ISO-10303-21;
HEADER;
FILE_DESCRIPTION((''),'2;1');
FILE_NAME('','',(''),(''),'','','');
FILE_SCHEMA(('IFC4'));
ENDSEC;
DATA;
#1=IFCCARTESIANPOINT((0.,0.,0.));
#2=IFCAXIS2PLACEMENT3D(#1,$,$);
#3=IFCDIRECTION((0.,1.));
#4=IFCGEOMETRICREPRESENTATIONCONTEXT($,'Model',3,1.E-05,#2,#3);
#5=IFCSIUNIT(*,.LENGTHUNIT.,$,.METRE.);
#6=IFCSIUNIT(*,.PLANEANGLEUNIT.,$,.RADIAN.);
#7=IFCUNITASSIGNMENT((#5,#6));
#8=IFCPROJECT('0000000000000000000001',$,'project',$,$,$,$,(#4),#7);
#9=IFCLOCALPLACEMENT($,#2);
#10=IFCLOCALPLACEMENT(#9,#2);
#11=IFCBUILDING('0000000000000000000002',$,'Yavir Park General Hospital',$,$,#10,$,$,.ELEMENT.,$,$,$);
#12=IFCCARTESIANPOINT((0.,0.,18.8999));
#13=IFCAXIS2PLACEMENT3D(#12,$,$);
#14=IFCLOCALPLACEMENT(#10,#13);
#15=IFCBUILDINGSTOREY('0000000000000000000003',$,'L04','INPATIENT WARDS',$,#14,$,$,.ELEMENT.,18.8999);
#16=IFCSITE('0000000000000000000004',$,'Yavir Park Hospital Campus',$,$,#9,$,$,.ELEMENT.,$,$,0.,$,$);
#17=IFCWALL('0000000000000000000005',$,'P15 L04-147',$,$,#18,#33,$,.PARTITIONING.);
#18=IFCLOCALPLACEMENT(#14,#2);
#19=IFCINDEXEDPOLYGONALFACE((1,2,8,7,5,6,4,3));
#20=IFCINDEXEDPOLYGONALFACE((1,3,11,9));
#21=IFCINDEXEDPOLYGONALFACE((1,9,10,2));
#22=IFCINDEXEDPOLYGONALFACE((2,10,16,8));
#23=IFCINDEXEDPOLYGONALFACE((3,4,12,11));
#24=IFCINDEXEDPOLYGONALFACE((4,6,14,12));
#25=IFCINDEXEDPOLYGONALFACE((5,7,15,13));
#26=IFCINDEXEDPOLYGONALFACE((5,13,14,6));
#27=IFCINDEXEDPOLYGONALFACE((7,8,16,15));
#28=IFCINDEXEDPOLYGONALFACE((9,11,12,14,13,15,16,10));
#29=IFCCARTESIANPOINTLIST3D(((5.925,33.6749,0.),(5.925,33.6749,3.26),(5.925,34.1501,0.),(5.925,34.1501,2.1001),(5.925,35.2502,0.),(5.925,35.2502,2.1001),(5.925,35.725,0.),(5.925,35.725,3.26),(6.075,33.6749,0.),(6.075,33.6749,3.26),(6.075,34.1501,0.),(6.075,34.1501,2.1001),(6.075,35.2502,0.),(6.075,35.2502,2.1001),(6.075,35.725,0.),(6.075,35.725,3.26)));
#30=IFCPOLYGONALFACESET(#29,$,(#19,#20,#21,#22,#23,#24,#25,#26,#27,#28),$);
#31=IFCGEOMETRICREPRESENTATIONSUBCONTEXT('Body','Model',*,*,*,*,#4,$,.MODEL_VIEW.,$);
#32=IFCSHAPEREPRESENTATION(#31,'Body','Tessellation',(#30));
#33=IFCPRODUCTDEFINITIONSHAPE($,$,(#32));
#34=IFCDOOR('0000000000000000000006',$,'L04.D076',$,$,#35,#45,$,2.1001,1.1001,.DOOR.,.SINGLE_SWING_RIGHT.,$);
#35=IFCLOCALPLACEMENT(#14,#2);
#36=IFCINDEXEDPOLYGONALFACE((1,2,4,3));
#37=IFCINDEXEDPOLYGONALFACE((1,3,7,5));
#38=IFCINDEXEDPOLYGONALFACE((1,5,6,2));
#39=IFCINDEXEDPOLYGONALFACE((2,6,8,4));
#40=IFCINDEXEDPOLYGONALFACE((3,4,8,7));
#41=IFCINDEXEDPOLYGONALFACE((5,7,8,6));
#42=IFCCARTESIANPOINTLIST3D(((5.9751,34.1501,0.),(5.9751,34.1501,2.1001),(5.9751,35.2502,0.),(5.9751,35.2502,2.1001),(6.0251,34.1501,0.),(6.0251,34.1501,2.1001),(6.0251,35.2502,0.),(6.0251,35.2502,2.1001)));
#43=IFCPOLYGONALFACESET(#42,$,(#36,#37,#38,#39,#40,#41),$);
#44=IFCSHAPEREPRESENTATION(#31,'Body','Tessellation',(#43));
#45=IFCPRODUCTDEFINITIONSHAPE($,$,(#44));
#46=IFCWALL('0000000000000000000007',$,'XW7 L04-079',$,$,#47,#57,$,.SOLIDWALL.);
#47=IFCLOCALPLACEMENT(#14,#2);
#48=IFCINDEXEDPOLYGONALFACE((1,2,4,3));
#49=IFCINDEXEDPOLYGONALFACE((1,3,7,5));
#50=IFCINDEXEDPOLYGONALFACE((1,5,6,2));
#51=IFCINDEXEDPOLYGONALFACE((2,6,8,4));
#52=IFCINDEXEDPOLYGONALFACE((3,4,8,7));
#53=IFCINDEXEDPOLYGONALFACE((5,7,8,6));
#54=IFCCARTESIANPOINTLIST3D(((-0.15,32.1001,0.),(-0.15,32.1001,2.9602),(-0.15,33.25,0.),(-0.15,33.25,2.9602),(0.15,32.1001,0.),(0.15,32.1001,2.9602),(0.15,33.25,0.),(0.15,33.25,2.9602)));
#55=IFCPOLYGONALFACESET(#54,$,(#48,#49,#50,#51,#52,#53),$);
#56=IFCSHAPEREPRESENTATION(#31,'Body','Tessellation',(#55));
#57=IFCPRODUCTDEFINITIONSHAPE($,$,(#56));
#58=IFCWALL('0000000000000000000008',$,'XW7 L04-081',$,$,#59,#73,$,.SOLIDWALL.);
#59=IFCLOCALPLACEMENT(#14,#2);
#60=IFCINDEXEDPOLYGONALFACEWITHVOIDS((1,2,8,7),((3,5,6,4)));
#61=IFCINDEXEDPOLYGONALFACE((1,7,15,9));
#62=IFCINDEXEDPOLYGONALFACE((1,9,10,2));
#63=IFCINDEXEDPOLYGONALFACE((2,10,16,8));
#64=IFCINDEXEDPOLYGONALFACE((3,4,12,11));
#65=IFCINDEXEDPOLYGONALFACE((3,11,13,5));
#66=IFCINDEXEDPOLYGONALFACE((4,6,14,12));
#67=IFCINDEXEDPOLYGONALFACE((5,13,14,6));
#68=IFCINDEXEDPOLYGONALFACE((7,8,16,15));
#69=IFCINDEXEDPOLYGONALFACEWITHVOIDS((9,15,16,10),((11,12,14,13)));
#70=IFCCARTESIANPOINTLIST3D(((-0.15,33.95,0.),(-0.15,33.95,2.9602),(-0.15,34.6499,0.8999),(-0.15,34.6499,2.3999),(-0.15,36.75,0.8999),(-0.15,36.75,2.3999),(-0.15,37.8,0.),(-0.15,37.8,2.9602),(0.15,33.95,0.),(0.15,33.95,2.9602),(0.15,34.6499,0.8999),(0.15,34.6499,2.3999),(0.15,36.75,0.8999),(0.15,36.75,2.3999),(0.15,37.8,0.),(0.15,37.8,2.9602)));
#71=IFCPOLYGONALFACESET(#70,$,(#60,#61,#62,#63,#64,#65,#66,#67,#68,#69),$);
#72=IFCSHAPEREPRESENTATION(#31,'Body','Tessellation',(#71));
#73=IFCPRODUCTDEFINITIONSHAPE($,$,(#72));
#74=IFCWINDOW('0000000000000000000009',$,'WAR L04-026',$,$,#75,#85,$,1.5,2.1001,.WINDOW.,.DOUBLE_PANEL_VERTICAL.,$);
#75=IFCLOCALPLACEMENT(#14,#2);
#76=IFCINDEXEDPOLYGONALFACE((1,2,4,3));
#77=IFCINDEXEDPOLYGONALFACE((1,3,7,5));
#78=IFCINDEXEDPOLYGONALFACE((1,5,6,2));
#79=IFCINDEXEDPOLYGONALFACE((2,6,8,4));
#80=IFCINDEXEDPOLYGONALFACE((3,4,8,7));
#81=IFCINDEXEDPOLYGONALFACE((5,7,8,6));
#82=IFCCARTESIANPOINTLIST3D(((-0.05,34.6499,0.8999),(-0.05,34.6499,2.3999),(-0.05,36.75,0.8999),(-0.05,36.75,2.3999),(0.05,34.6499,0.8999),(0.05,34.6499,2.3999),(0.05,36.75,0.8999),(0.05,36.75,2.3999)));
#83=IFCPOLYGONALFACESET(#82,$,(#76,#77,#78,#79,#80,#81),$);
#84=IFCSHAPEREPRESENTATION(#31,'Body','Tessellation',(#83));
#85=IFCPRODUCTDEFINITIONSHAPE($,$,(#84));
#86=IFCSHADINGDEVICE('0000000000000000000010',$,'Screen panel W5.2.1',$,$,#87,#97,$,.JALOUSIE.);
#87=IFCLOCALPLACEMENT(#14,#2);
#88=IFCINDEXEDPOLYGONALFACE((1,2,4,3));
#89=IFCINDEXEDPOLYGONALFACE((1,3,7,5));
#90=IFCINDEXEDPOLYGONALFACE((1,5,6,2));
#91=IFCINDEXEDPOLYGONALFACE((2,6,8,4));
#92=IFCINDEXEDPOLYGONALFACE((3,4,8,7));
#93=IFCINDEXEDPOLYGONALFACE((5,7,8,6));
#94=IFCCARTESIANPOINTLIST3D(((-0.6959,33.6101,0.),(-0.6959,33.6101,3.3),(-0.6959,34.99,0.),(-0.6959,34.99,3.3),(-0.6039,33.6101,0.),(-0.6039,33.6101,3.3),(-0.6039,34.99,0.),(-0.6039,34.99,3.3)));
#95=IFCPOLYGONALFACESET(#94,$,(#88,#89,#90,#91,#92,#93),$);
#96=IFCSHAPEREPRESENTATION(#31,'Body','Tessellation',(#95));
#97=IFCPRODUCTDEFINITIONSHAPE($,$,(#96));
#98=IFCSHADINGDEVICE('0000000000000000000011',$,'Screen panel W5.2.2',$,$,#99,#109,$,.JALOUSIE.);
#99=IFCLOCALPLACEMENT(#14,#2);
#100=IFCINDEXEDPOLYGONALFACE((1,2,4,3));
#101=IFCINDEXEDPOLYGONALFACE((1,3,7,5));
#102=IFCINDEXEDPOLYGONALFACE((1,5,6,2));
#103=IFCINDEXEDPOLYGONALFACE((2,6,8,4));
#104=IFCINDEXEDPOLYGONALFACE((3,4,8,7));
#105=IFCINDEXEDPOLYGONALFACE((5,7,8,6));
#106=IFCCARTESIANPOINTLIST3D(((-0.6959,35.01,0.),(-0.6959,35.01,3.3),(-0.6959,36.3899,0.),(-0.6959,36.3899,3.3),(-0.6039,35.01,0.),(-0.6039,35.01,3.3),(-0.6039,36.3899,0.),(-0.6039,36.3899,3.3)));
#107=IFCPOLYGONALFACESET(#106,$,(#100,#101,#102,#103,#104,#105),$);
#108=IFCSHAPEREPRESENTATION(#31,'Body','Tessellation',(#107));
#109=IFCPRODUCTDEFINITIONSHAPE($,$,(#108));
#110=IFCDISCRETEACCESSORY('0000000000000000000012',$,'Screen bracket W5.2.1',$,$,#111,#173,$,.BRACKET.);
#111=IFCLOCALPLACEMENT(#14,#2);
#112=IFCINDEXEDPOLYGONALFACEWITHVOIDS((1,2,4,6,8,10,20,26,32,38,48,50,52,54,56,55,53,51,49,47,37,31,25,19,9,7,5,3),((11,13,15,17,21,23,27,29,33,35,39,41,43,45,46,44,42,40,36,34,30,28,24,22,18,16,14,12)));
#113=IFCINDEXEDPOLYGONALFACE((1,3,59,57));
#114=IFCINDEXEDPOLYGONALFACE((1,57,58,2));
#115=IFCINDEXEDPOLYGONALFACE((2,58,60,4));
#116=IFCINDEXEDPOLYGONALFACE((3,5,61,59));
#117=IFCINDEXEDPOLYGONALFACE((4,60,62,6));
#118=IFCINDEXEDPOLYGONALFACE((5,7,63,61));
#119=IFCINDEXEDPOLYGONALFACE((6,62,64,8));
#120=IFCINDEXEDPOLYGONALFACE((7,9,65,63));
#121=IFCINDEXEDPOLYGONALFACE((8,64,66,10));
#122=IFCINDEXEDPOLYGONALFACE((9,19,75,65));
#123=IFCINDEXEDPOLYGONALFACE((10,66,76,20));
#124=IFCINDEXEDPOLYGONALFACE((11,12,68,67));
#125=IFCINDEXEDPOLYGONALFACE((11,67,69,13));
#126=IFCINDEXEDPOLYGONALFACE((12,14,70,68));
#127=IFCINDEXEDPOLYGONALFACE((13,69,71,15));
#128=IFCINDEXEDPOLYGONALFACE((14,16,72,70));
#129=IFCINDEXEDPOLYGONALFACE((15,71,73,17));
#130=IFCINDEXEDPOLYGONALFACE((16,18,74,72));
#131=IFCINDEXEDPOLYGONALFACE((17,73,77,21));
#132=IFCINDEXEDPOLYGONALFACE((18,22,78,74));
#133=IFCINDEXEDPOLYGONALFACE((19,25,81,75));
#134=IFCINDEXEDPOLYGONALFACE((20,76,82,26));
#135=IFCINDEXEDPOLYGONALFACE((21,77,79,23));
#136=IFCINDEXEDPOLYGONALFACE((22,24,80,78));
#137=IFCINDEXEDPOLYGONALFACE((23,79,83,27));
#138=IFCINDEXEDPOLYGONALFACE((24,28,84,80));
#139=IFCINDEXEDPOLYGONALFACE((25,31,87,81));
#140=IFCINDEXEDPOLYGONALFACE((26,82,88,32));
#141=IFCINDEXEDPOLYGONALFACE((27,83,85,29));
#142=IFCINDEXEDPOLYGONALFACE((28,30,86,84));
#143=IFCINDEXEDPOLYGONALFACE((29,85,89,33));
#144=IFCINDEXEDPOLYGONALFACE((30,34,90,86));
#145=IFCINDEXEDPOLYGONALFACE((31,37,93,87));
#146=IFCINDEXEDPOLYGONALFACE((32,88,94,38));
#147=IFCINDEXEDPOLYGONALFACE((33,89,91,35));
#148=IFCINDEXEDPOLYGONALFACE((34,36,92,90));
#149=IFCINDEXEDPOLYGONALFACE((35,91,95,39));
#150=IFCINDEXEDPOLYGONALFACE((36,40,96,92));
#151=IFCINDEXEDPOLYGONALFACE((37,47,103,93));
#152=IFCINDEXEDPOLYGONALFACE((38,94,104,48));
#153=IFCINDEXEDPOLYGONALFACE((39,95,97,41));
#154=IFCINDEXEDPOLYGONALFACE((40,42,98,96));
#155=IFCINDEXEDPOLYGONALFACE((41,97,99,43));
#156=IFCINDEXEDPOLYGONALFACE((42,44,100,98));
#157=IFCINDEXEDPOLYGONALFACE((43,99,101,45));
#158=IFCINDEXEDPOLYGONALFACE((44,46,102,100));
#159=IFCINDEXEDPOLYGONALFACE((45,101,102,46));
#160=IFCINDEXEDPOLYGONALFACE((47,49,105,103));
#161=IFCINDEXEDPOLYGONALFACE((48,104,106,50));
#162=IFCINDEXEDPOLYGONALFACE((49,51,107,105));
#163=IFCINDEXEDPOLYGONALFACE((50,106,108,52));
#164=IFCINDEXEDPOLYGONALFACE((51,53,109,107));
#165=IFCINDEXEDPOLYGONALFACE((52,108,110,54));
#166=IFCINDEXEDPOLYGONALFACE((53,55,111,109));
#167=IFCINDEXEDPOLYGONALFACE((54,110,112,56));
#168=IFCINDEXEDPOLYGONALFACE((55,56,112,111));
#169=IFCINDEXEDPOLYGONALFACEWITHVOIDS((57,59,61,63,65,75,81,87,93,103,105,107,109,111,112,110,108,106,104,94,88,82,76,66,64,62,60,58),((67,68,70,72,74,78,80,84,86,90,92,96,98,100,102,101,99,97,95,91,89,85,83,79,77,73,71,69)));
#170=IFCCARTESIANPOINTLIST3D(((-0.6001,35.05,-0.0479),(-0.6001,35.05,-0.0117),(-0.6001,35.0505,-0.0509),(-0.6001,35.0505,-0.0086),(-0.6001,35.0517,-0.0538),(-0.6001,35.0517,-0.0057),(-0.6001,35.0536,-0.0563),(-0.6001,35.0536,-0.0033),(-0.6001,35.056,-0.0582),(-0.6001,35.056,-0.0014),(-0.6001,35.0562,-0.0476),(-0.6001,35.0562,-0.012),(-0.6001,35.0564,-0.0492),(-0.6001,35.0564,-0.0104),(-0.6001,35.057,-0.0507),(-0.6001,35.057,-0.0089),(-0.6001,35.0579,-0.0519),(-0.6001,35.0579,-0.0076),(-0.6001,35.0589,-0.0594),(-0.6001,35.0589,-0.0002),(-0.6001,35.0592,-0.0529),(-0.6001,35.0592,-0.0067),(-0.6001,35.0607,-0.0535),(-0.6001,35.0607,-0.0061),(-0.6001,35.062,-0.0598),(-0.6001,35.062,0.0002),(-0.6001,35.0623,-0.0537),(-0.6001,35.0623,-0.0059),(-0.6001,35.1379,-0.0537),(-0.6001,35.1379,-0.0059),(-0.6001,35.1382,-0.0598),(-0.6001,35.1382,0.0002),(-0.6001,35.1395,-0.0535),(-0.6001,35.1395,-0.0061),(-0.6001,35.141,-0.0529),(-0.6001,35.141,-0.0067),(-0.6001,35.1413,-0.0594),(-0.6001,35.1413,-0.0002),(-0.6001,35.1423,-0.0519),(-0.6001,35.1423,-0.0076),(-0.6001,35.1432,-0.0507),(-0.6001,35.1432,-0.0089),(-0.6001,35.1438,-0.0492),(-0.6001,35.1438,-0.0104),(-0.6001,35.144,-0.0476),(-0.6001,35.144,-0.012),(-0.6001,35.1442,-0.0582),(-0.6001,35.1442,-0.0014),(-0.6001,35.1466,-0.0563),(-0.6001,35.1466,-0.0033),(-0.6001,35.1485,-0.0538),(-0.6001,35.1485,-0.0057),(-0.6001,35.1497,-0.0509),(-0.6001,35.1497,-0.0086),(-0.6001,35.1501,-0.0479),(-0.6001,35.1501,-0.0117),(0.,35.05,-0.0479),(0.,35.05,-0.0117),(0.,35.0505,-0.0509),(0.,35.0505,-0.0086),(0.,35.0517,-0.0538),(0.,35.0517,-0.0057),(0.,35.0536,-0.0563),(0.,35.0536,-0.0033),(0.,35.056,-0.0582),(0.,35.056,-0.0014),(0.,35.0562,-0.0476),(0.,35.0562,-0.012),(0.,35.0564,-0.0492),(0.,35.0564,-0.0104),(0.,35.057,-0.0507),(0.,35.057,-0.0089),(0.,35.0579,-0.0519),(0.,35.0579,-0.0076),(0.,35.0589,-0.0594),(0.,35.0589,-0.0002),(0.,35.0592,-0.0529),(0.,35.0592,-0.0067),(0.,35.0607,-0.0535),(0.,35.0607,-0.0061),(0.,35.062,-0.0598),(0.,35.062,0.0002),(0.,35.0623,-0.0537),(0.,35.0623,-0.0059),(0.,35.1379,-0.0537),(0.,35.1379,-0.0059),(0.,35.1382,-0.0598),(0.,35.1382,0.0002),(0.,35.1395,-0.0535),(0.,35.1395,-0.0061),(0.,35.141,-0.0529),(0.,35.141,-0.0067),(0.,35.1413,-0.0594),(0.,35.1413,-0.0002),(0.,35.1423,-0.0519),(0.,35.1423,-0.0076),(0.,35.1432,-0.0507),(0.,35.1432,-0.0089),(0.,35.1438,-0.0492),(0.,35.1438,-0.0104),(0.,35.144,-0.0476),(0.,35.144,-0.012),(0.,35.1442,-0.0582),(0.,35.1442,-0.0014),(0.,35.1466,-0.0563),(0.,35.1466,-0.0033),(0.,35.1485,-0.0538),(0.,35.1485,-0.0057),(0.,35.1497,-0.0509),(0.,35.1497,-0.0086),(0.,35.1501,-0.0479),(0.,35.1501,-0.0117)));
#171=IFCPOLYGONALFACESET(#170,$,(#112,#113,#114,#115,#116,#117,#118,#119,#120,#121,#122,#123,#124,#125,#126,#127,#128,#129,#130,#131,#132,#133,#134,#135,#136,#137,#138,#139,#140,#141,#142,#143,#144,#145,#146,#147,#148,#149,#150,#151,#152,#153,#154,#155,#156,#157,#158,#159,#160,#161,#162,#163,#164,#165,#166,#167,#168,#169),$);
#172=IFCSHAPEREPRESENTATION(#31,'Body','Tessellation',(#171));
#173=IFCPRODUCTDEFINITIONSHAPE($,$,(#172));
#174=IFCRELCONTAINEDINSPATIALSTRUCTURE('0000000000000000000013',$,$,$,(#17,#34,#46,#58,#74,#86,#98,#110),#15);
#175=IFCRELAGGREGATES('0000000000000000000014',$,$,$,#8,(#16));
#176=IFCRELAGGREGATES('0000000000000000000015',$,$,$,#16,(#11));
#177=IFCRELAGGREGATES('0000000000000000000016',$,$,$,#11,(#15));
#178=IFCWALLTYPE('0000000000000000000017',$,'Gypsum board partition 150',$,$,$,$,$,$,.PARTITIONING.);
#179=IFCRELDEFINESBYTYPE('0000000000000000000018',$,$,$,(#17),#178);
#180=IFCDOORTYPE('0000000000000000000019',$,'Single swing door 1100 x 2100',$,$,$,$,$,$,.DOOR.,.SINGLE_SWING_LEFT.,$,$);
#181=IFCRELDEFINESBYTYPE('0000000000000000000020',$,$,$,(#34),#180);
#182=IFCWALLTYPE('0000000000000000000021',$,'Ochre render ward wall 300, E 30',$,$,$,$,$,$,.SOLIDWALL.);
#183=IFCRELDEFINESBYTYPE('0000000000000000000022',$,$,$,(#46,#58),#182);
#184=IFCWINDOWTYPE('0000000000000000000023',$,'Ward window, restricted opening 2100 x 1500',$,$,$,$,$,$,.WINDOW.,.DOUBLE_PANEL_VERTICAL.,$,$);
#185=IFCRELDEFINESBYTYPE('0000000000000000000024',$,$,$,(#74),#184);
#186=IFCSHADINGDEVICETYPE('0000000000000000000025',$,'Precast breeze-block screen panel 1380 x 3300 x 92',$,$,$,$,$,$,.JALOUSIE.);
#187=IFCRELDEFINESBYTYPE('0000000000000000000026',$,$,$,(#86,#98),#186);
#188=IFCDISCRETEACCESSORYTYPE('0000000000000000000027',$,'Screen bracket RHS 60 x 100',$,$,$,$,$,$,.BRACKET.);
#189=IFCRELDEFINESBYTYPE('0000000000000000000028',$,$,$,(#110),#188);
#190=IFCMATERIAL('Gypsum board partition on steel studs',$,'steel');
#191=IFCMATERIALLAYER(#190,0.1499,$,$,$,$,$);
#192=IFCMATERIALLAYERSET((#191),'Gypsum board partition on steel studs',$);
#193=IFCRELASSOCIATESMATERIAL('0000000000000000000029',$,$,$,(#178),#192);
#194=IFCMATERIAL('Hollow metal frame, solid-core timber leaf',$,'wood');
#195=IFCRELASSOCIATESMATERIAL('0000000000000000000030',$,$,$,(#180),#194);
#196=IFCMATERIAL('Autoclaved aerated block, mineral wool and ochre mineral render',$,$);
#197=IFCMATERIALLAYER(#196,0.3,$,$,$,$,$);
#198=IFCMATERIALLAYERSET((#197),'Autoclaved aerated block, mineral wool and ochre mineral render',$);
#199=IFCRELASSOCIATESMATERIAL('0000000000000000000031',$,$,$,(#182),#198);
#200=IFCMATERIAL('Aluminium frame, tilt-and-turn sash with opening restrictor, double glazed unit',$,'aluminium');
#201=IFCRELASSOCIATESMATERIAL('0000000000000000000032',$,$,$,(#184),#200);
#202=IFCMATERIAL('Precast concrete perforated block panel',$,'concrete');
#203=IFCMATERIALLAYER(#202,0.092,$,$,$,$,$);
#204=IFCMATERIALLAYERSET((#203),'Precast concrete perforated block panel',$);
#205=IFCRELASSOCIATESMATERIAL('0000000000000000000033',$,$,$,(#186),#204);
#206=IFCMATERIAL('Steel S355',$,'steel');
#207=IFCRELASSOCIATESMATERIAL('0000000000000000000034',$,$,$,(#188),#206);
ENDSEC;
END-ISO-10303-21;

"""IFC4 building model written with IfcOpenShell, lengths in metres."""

from ifc_helpers import new_model, si_unit, direction, frame, frame_2d, origin, origin_2d, place, context, subcontext, project, spatial, rectangle, hollow_rectangle, extrude, material, layer, layer_set, material_profile, profile_set, type_object, element, fill, save


model = new_model("IFC4")

# Units and contexts
model_context = context("Model", 3, precision=1e-05, world=origin(), true_north=direction((0.0, 1.0)))
body_context = subcontext(model_context, "Body", "Model", "MODEL_VIEW")
ifc_project = project(units=[si_unit("LENGTHUNIT", "METRE"), si_unit("PLANEANGLEUNIT", "RADIAN")], contexts=[model_context])

# Site, building, storey
site_placement = place(None, origin())
site = spatial("IfcSite", under=ifc_project, at=site_placement, Name="Yavir Park Hospital Campus", CompositionType="ELEMENT", RefElevation=0.0)
building_placement = place(site_placement, origin())
building = spatial("IfcBuilding", under=site, at=building_placement, Name="Yavir Park General Hospital", CompositionType="ELEMENT")
storey_placement = place(building_placement, frame((0.0, 0.0, 18.8999)))
storey = spatial("IfcBuildingStorey", under=building, at=storey_placement, Name="L04", Description="INPATIENT WARDS", CompositionType="ELEMENT", Elevation=18.8999)

# Shared definitions
ifc_material_1 = material(Name="Gypsum board partition on steel studs", Category="steel")
ifc_layer_1 = layer(ifc_material_1, 0.1499)
ifc_layer_set_1 = layer_set([ifc_layer_1], Name="Gypsum board partition on steel studs")
wall_type_1 = type_object("IfcWallType", Name="Gypsum board partition 150", PredefinedType="PARTITIONING", material=ifc_layer_set_1)

# Wall, opening, door
wall_1_placement = place(storey_placement, frame((6.0, 33.675, 0.0), z_axis=(0.0, 0.0, 1.0), x_axis=(0.0, 1.0, 0.0)))
wall_1 = element("IfcWall", 1, at=wall_1_placement, inside=storey, type_object=wall_type_1, Name="P15 L04-147", PredefinedType="PARTITIONING", context=body_context, shape_type="SweptSolid", body=[
    extrude(rectangle(XDim=2.05, YDim=0.1499, at=frame_2d((1.0249, 0.0))), origin(), (0.0, 0.0, 1.0), 3.26),
])
opening_1_placement = place(wall_1_placement, frame((0.4751, 0.0, 0.0)))
opening_1 = element("IfcOpeningElement", 2, at=opening_1_placement, cuts=wall_1, PredefinedType="OPENING", context=body_context, shape_type="SweptSolid", body=[
    extrude(rectangle(XDim=1.1001, YDim=2.1001, at=frame_2d((0.55, 1.05))), frame((0.0, 0.085, 0.0), z_axis=(0.0, -1.0, 0.0), x_axis=(1.0, 0.0, 0.0)), (0.0, 0.0, 1.0), 0.1699),
])
ifc_material_2 = material(Name="Hollow metal frame, solid-core timber leaf", Category="wood")
door_type = type_object("IfcDoorType", Name="Single swing door 1100 x 2100", OperationType="SINGLE_SWING_LEFT", PredefinedType="DOOR", material=ifc_material_2)
door_placement = place(opening_1_placement, origin())
door = element("IfcDoor", 3, at=door_placement, inside=storey, type_object=door_type, Name="L04.D076", OperationType="SINGLE_SWING_RIGHT", OverallHeight=2.1001, OverallWidth=1.1001, PredefinedType="DOOR", context=body_context, shape_type="SweptSolid", body=[
    extrude(rectangle(XDim=1.1001, YDim=2.1001, at=frame_2d((0.55, 1.05))), frame((0.0, 0.0249, 0.0), z_axis=(0.0, -1.0, 0.0), x_axis=(1.0, 0.0, 0.0)), (0.0, 0.0, 1.0), 0.05),
])
fill(opening_1, door)

# Wall
ifc_material_3 = material(Name="Autoclaved aerated block, mineral wool and ochre mineral render")
ifc_layer_2 = layer(ifc_material_3, 0.3)
ifc_layer_set_2 = layer_set([ifc_layer_2], Name="Autoclaved aerated block, mineral wool and ochre mineral render")
wall_type_2 = type_object("IfcWallType", Name="Ochre render ward wall 300, E 30", PredefinedType="SOLIDWALL", material=ifc_layer_set_2)
wall_2_placement = place(storey_placement, frame((0.0, 32.1001, 0.0), z_axis=(0.0, 0.0, 1.0), x_axis=(0.0, 1.0, 0.0)))
element("IfcWall", 4, at=wall_2_placement, inside=storey, type_object=wall_type_2, Name="XW7 L04-079", PredefinedType="SOLIDWALL", context=body_context, shape_type="SweptSolid", body=[
    extrude(rectangle(XDim=1.1499, YDim=0.3, at=frame_2d((0.575, 0.0))), origin(), (0.0, 0.0, 1.0), 2.9602),
])

# Wall, opening, window
wall_3_placement = place(storey_placement, frame((0.0, 33.95, 0.0), z_axis=(0.0, 0.0, 1.0), x_axis=(0.0, 1.0, 0.0)))
wall_3 = element("IfcWall", 5, at=wall_3_placement, inside=storey, type_object=wall_type_2, Name="XW7 L04-081", PredefinedType="SOLIDWALL", context=body_context, shape_type="SweptSolid", body=[
    extrude(rectangle(XDim=3.8501, YDim=0.3, at=frame_2d((1.925, 0.0))), origin(), (0.0, 0.0, 1.0), 2.9602),
])
opening_2_placement = place(wall_3_placement, frame((0.7, 0.0, 0.8999)))
opening_2 = element("IfcOpeningElement", 6, at=opening_2_placement, cuts=wall_3, PredefinedType="OPENING", context=body_context, shape_type="SweptSolid", body=[
    extrude(rectangle(XDim=2.1001, YDim=1.5, at=frame_2d((1.05, 0.75))), frame((0.0, 0.1599, 0.0), z_axis=(0.0, -1.0, 0.0), x_axis=(1.0, 0.0, 0.0)), (0.0, 0.0, 1.0), 0.3201),
])
ifc_material_4 = material(Name="Aluminium frame, tilt-and-turn sash with opening restrictor, double glazed unit", Category="aluminium")
window_type = type_object("IfcWindowType", Name="Ward window, restricted opening 2100 x 1500", PartitioningType="DOUBLE_PANEL_VERTICAL", PredefinedType="WINDOW", material=ifc_material_4)
window_placement = place(opening_2_placement, origin())
window = element("IfcWindow", 7, at=window_placement, inside=storey, type_object=window_type, Name="WAR L04-026", OverallHeight=1.5, OverallWidth=2.1001, PartitioningType="DOUBLE_PANEL_VERTICAL", PredefinedType="WINDOW", context=body_context, shape_type="SweptSolid", body=[
    extrude(rectangle(XDim=2.1001, YDim=1.5, at=frame_2d((1.05, 0.75))), frame((0.0, 0.05, 0.0), z_axis=(0.0, -1.0, 0.0), x_axis=(1.0, 0.0, 0.0)), (0.0, 0.0, 1.0), 0.1001),
])
fill(opening_2, window)

# Shading devices
ifc_material_5 = material(Name="Precast concrete perforated block panel", Category="concrete")
ifc_layer_3 = layer(ifc_material_5, 0.092)
ifc_layer_set_3 = layer_set([ifc_layer_3], Name="Precast concrete perforated block panel")
shading_device_type = type_object("IfcShadingDeviceType", Name="Precast breeze-block screen panel 1380 x 3300 x 92", PredefinedType="JALOUSIE", material=ifc_layer_set_3)
for number, where, z_axis, x_axis, name in (
    (8, (-0.6499, 34.3, 0.0), (0.0, 0.0, 1.0), (1.0, 0.0, 0.0), "Screen panel W5.2.1"),
    (9, (-0.6499, 35.7, 0.0), (0.0, 0.0, 1.0), (1.0, 0.0, 0.0), "Screen panel W5.2.2"),
):
    element("IfcShadingDevice", number, at=place(storey_placement, frame(where, z_axis=z_axis, x_axis=x_axis)), inside=storey, type_object=shading_device_type, Name=name, PredefinedType="JALOUSIE", context=body_context, shape_type="SweptSolid", body=[
        extrude(rectangle(XDim=0.092, YDim=1.3799, at=origin_2d()), origin(), (0.0, 0.0, 1.0), 3.3),
    ])

# Discrete accessory
ifc_material_6 = material(Name="Steel S355", Category="steel")
ifc_material_profile_1 = material_profile(ifc_material_6, hollow_rectangle(XDim=0.1001, YDim=0.0601, WallThickness=0.0061, InnerFilletRadius=0.0061, OuterFilletRadius=0.012, at=origin_2d()), Name="RHS60x100x6")
ifc_profile_set_1 = profile_set([ifc_material_profile_1], Name="Steel S355")
discrete_accessory_type_1 = type_object("IfcDiscreteAccessoryType", Name="Screen bracket RHS 60 x 100", PredefinedType="BRACKET", material=ifc_profile_set_1)
discrete_accessory_1_placement = place(storey_placement, frame((0.0, 35.1001, -0.0298), z_axis=(-1.0, 0.0, 0.0), x_axis=(0.0, -1.0, 0.0)))
element("IfcDiscreteAccessory", 10, at=discrete_accessory_1_placement, inside=storey, type_object=discrete_accessory_type_1, Name="Screen bracket W5.2.1", PredefinedType="BRACKET", context=body_context, shape_type="SweptSolid", body=[
    extrude(hollow_rectangle(XDim=0.1001, YDim=0.0601, WallThickness=0.0061, InnerFilletRadius=0.0061, OuterFilletRadius=0.012, at=origin_2d()), origin(), (0.0, 0.0, 1.0), 0.6001),
])

save(model, "model.ifc")
